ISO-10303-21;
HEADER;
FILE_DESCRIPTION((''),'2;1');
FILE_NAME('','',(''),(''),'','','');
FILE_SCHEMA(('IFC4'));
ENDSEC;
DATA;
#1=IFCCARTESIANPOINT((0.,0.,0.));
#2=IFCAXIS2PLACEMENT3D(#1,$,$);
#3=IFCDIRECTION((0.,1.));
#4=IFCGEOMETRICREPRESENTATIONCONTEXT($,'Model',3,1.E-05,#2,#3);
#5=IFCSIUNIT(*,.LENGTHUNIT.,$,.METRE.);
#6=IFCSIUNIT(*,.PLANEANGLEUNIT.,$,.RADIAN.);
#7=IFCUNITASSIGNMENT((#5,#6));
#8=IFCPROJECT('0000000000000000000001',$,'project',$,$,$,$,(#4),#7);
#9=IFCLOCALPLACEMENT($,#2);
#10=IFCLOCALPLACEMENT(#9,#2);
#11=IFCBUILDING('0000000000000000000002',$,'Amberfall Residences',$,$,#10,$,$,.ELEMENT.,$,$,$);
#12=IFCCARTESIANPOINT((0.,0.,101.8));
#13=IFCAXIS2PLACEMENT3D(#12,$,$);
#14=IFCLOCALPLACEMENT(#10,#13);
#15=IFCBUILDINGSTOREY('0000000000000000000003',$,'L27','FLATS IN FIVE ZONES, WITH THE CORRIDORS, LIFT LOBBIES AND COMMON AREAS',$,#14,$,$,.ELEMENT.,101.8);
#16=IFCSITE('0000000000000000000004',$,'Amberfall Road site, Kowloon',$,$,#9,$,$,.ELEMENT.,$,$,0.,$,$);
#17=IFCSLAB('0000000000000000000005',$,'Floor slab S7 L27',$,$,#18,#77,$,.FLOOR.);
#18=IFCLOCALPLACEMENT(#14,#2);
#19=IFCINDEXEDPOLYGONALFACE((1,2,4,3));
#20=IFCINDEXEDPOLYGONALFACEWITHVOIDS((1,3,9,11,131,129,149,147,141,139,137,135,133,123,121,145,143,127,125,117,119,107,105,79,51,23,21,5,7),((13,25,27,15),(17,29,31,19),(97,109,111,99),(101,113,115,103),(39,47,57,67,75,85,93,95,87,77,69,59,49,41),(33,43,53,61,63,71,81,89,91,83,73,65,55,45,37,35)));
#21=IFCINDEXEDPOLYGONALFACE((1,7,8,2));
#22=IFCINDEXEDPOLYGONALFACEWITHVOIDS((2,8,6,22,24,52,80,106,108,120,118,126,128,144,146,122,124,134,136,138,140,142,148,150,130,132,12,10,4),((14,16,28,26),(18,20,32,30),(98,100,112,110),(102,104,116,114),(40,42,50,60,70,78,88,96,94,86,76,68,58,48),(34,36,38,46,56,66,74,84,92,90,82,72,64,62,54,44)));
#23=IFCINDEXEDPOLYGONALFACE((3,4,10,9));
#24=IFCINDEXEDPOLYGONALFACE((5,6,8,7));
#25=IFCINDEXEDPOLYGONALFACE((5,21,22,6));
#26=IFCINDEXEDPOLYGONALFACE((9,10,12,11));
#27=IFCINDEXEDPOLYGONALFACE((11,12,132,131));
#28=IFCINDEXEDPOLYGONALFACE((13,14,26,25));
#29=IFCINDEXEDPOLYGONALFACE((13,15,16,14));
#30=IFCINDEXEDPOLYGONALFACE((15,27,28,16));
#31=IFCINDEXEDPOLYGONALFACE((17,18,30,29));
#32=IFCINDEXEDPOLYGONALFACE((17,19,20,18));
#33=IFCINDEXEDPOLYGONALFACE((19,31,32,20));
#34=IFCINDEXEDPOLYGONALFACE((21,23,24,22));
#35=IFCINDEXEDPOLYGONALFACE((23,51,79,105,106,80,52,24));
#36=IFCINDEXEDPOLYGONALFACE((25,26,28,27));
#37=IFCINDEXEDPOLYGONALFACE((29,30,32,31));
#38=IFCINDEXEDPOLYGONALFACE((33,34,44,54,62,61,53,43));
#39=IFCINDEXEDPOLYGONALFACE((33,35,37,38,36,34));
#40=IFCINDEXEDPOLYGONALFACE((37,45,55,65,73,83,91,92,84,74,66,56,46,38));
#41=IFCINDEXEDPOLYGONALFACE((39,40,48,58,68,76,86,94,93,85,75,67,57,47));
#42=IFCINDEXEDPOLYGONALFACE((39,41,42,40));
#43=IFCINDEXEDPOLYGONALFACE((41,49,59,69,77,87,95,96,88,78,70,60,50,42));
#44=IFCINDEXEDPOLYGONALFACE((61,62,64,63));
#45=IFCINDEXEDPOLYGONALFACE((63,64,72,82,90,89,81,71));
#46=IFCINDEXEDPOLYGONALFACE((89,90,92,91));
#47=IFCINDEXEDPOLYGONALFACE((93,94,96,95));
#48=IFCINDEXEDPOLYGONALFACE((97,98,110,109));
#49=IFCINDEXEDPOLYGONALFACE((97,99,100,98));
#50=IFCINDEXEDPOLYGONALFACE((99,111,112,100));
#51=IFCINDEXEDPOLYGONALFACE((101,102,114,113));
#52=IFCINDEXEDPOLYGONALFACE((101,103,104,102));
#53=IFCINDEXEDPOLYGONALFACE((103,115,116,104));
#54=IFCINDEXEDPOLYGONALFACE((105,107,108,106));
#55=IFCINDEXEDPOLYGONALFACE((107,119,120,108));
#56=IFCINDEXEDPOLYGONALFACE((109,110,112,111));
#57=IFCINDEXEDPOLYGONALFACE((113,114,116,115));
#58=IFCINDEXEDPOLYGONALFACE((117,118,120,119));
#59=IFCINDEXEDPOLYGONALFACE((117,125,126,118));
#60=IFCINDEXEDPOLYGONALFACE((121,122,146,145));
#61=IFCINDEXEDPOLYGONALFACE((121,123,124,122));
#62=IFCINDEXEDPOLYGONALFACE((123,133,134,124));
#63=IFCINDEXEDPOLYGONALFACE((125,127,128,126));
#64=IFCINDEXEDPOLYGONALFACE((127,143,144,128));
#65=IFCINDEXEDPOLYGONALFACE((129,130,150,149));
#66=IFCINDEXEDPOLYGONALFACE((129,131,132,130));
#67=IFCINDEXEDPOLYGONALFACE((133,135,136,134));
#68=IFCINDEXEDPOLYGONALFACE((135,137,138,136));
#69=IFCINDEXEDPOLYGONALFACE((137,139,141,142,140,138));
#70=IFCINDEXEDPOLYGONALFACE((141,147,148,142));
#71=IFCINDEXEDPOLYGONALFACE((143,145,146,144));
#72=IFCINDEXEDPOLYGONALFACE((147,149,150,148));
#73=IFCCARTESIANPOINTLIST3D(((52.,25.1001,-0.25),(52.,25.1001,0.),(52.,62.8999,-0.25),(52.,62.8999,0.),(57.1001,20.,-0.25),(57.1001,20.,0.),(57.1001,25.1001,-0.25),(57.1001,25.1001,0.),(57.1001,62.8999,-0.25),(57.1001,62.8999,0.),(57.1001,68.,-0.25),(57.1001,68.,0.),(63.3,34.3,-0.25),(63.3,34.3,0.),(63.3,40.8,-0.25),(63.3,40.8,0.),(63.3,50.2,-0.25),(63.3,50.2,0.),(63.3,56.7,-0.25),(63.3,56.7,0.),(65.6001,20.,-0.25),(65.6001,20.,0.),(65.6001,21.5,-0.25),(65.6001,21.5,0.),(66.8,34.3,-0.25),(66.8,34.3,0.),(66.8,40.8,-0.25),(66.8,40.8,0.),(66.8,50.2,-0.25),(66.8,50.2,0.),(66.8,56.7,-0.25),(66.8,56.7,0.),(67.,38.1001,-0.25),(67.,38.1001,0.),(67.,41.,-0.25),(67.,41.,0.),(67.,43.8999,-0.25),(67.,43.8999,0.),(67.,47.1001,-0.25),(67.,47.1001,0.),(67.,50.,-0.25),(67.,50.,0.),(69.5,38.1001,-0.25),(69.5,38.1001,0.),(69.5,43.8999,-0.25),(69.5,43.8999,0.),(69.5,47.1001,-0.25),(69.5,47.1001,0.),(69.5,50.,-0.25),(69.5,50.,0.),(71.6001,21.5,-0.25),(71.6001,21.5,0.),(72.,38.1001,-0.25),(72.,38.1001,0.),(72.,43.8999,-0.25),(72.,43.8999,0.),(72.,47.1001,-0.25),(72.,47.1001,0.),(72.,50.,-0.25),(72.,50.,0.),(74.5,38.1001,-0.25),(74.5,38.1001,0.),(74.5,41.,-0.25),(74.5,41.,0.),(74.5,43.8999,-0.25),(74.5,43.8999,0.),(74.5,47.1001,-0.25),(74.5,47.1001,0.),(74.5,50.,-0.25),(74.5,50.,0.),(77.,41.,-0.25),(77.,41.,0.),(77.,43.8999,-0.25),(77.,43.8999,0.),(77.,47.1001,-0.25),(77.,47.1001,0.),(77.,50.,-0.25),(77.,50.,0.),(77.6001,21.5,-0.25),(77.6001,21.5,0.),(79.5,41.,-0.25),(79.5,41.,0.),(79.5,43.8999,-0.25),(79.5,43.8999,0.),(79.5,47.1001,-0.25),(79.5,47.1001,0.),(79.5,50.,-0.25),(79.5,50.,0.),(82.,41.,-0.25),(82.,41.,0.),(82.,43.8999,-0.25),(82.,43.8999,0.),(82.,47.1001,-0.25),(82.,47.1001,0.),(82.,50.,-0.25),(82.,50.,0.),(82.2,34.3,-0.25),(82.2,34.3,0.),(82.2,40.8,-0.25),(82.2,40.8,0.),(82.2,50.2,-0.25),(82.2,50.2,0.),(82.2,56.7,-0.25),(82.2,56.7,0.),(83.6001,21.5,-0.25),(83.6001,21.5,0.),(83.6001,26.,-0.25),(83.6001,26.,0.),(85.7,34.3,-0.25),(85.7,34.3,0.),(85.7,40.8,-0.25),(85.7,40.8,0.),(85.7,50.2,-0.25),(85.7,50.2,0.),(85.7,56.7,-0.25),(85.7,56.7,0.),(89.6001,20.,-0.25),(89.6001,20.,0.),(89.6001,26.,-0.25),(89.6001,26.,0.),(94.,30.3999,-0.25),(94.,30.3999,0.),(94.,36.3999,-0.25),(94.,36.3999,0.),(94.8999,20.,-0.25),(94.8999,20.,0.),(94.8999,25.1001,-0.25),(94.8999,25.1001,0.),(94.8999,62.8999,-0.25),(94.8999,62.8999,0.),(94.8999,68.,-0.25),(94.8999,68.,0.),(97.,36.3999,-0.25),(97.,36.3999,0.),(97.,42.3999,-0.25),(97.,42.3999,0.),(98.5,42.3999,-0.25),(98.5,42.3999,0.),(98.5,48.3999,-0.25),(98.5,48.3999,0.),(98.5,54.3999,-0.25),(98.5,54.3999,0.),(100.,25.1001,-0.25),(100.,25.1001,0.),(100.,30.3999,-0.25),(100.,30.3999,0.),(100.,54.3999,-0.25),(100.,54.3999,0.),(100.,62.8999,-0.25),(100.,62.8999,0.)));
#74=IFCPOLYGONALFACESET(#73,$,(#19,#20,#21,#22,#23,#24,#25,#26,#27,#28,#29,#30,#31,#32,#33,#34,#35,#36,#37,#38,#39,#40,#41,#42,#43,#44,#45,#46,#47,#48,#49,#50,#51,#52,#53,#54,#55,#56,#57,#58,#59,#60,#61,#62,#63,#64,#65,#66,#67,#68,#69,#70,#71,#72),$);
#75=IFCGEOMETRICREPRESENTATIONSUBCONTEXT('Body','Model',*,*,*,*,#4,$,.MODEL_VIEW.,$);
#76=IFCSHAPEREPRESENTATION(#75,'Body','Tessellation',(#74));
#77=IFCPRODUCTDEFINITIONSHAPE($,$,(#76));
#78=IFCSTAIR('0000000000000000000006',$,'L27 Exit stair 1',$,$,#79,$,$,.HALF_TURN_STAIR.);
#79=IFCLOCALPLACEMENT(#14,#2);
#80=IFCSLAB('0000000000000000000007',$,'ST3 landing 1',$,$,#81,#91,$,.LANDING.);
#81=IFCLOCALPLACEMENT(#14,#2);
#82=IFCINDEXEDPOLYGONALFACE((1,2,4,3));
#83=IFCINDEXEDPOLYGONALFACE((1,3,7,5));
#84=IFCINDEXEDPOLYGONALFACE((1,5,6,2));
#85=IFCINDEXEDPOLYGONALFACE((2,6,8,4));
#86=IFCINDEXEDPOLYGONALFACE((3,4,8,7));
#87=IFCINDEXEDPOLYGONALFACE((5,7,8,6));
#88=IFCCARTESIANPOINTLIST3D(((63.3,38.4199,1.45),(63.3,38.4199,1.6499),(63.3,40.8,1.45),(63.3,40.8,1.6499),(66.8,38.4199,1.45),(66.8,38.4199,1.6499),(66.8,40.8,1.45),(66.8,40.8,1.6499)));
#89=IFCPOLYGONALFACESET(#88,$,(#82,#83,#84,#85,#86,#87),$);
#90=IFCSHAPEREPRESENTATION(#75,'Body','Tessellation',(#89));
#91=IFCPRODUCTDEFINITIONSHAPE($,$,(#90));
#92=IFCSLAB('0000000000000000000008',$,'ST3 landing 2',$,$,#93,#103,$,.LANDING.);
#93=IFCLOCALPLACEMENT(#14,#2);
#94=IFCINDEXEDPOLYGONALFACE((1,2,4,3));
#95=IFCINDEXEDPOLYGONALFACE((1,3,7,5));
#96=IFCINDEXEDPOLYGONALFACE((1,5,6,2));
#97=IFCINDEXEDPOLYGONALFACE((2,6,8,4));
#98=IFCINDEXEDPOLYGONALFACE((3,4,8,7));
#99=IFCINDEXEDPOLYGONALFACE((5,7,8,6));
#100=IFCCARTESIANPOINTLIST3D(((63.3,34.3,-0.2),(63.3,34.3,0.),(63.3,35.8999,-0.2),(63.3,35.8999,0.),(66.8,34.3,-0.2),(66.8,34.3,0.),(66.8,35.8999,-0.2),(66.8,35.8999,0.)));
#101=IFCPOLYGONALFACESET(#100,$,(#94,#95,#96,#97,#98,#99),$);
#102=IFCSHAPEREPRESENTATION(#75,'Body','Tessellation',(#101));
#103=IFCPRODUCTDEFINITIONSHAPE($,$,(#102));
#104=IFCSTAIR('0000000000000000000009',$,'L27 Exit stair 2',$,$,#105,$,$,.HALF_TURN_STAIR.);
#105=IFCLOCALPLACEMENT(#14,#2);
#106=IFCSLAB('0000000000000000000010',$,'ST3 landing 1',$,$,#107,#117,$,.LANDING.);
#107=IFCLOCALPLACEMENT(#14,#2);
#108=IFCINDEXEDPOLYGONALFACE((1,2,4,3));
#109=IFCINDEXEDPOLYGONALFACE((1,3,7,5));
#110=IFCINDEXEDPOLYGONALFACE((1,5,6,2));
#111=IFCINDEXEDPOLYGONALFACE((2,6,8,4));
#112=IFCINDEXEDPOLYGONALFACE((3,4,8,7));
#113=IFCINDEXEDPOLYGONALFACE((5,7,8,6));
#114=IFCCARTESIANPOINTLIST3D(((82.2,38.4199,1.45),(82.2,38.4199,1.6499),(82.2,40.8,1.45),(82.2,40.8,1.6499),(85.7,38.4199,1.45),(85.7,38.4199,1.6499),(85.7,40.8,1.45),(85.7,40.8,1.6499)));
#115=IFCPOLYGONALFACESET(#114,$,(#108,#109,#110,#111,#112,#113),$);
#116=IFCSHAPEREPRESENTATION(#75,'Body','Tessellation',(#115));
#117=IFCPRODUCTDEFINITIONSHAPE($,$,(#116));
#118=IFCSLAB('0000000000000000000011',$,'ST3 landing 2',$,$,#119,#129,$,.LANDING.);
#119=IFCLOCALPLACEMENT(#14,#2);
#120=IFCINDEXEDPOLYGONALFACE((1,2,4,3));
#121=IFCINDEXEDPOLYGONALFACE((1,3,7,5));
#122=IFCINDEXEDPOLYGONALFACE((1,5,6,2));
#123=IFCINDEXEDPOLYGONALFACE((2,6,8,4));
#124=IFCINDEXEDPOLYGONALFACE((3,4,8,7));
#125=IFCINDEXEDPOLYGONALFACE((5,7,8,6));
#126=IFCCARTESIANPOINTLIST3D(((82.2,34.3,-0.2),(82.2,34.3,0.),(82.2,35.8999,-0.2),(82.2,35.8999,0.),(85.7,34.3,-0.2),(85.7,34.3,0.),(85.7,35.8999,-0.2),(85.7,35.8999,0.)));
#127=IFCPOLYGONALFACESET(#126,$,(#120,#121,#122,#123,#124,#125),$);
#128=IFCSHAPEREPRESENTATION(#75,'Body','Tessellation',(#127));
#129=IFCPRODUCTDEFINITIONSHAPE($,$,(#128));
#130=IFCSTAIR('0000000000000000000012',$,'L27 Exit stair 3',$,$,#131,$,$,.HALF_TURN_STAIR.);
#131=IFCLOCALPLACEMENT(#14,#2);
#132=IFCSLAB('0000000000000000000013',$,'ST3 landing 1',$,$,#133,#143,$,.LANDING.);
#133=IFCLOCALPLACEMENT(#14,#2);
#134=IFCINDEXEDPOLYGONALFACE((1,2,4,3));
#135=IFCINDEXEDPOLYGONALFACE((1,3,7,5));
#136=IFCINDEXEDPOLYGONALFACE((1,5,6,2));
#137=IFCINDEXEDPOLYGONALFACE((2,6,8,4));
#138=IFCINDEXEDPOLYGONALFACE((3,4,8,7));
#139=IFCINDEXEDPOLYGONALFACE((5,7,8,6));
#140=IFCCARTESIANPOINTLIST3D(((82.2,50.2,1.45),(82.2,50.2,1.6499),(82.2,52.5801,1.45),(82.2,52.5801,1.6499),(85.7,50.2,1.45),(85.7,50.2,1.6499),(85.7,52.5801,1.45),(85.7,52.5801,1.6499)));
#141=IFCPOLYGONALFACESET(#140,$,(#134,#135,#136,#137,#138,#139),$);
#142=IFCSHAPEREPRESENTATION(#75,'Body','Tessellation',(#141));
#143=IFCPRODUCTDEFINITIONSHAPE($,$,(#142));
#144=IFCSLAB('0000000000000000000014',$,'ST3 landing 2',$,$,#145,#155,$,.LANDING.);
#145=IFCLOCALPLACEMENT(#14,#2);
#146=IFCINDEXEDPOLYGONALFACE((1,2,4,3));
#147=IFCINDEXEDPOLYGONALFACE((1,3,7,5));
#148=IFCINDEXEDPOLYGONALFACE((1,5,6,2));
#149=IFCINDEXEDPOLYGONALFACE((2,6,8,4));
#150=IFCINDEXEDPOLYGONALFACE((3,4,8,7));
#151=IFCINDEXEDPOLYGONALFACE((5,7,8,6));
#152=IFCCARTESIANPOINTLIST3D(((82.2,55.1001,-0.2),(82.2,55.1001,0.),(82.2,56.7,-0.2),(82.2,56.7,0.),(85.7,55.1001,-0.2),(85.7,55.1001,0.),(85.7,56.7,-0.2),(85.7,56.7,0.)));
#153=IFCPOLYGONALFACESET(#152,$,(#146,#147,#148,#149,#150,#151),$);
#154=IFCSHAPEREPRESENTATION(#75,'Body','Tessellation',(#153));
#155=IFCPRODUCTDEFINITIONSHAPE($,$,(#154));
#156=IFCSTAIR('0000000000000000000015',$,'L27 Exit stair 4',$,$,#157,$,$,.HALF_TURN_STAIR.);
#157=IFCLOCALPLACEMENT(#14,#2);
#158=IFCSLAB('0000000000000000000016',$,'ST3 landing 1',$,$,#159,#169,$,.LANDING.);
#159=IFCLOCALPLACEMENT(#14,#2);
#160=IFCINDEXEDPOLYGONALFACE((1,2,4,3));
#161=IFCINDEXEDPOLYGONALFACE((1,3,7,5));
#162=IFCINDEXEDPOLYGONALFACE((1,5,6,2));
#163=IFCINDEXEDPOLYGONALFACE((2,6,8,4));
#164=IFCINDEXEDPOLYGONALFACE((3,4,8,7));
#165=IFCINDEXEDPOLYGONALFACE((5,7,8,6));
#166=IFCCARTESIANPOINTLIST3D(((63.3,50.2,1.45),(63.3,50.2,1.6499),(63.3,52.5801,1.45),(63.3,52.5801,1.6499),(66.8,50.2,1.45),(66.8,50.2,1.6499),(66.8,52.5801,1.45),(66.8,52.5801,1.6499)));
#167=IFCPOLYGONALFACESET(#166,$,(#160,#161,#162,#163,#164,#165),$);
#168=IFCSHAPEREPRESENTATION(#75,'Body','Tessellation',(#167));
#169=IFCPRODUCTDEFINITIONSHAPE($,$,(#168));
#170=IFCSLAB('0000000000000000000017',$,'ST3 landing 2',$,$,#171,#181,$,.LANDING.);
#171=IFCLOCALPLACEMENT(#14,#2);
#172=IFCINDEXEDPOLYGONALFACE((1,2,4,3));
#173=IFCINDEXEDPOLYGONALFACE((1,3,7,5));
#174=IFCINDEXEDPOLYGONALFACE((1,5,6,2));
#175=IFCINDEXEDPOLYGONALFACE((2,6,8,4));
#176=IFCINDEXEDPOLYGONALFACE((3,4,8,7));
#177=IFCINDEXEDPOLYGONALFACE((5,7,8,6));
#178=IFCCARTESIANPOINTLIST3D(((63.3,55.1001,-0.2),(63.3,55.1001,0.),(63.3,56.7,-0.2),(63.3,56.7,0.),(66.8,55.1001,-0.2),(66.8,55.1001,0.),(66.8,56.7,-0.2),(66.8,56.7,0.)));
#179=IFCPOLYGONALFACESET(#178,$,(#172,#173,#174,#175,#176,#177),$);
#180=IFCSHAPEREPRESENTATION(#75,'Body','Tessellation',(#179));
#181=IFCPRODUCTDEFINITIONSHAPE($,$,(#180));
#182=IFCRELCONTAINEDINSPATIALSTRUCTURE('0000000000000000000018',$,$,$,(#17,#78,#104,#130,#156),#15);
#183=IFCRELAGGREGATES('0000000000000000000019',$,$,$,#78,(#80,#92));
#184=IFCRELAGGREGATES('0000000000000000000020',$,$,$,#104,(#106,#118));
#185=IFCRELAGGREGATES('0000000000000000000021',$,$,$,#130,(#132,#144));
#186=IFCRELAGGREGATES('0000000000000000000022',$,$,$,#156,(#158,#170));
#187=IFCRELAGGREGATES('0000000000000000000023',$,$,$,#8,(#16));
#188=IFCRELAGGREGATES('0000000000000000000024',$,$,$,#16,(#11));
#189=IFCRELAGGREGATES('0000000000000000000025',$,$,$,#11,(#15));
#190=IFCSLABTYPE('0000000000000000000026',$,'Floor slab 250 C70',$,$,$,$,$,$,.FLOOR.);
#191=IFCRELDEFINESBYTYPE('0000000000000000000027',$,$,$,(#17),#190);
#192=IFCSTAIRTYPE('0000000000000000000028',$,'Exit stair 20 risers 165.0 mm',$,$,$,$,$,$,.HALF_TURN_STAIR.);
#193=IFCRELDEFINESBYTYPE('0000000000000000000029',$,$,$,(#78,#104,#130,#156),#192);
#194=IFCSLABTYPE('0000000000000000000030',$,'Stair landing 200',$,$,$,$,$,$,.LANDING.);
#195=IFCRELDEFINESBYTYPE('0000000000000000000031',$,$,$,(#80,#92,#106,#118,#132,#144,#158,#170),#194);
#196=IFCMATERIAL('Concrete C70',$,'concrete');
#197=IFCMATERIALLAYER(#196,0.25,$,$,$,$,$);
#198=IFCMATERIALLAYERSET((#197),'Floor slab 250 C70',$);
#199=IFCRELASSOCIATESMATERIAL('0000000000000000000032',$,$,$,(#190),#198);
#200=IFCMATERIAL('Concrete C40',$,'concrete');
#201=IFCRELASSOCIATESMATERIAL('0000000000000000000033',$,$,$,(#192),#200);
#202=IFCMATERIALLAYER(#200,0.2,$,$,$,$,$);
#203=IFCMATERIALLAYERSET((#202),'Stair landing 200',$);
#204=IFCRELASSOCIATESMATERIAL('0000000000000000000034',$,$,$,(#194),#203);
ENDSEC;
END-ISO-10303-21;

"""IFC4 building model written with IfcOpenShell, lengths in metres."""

from ifc_helpers import new_model, si_unit, direction, frame, origin, place, context, subcontext, project, spatial, polyline, outline, extrude, material, layer, layer_set, type_object, element, aggregate, save


model = new_model("IFC4")

# Units and contexts
model_context = context("Model", 3, precision=1e-05, world=origin(), true_north=direction((0.0, 1.0)))
body_context = subcontext(model_context, "Body", "Model", "MODEL_VIEW")
ifc_project = project(units=[si_unit("LENGTHUNIT", "METRE"), si_unit("PLANEANGLEUNIT", "RADIAN")], contexts=[model_context])

# Site, building, storey
site_placement = place(None, origin())
site = spatial("IfcSite", under=ifc_project, at=site_placement, Name="Amberfall Road site, Kowloon", CompositionType="ELEMENT", RefElevation=0.0)
building_placement = place(site_placement, origin())
building = spatial("IfcBuilding", under=site, at=building_placement, Name="Amberfall Residences", CompositionType="ELEMENT")
storey_placement = place(building_placement, frame((0.0, 0.0, 101.8)))
storey = spatial("IfcBuildingStorey", under=building, at=storey_placement, Name="L27", Description="FLATS IN FIVE ZONES, WITH THE CORRIDORS, LIFT LOBBIES AND COMMON AREAS", CompositionType="ELEMENT", Elevation=101.8)

# Slab
ifc_material_1 = material(Name="Concrete C70", Category="concrete")
ifc_layer_1 = layer(ifc_material_1, 0.25)
ifc_layer_set_1 = layer_set([ifc_layer_1], Name="Floor slab 250 C70")
slab_type_1 = type_object("IfcSlabType", Name="Floor slab 250 C70", PredefinedType="FLOOR", material=ifc_layer_set_1)
slab_1_placement = place(storey_placement, frame((0.0, 0.0, -0.25)))
element("IfcSlab", 1, at=slab_1_placement, inside=storey, type_object=slab_type_1, Name="Floor slab S7 L27", PredefinedType="FLOOR", context=body_context, shape_type="SweptSolid", body=[
    extrude(outline(polyline([(89.6001, 20.0), (89.6001, 26.0), (83.6001, 26.0), (83.6001, 21.5), (77.6001, 21.5), (71.6001, 21.5), (65.6001, 21.5), (65.6001, 20.0), (57.1001, 20.0), (57.1001, 25.1001), (52.0, 25.1001), (52.0, 62.8999), (57.1001, 62.8999), (57.1001, 68.0), (94.8999, 68.0), (94.8999, 62.8999), (100.0, 62.8999), (100.0, 54.3999), (98.5, 54.3999), (98.5, 48.3999), (98.5, 42.3999), (97.0, 42.3999), (97.0, 36.3999), (94.0, 36.3999), (94.0, 30.3999), (100.0, 30.3999), (100.0, 25.1001), (94.8999, 25.1001), (94.8999, 20.0), (89.6001, 20.0)]), holes=[polyline([(85.7, 34.3), (85.7, 40.8), (82.2, 40.8), (82.2, 34.3), (85.7, 34.3)]), polyline([(82.2, 50.2), (85.7, 50.2), (85.7, 56.7), (82.2, 56.7), (82.2, 50.2)]), polyline([(69.5, 50.0), (67.0, 50.0), (67.0, 47.1001), (69.5, 47.1001), (72.0, 47.1001), (74.5, 47.1001), (77.0, 47.1001), (79.5, 47.1001), (82.0, 47.1001), (82.0, 50.0), (79.5, 50.0), (77.0, 50.0), (74.5, 50.0), (72.0, 50.0), (69.5, 50.0)]), polyline([(74.5, 41.0), (77.0, 41.0), (79.5, 41.0), (82.0, 41.0), (82.0, 43.8999), (79.5, 43.8999), (77.0, 43.8999), (74.5, 43.8999), (72.0, 43.8999), (69.5, 43.8999), (67.0, 43.8999), (67.0, 41.0), (67.0, 38.1001), (69.5, 38.1001), (72.0, 38.1001), (74.5, 38.1001), (74.5, 41.0)]), polyline([(66.8, 34.3), (66.8, 40.8), (63.3, 40.8), (63.3, 34.3), (66.8, 34.3)]), polyline([(66.8, 50.2), (66.8, 56.7), (63.3, 56.7), (63.3, 50.2), (66.8, 50.2)])]), origin(), (0.0, 0.0, 1.0), 0.25),
])

# Stairs, slabs
ifc_material_2 = material(Name="Concrete C40", Category="concrete")
stair_type = type_object("IfcStairType", Name="Exit stair 20 risers 165.0 mm", PredefinedType="HALF_TURN_STAIR", material=ifc_material_2)
stair_1_placement = place(storey_placement, origin())
stair_1 = element("IfcStair", 2, at=stair_1_placement, inside=storey, type_object=stair_type, Name="L27 Exit stair 1", PredefinedType="HALF_TURN_STAIR")
ifc_layer_2 = layer(ifc_material_2, 0.2)
ifc_layer_set_2 = layer_set([ifc_layer_2], Name="Stair landing 200")
slab_type_2 = type_object("IfcSlabType", Name="Stair landing 200", PredefinedType="LANDING", material=ifc_layer_set_2)
slab_2_placement = place(storey_placement, frame((0.0, 0.0, 1.45)))
slab_2 = element("IfcSlab", 3, at=slab_2_placement, type_object=slab_type_2, Name="ST3 landing 1", PredefinedType="LANDING", context=body_context, shape_type="SweptSolid", body=[
    extrude(outline(polyline([(66.8, 38.4199), (66.8, 40.8), (63.3, 40.8), (63.3, 38.4199), (66.8, 38.4199)])), origin(), (0.0, 0.0, 1.0), 0.2),
])
slab_3_placement = place(storey_placement, frame((0.0, 0.0, -0.2)))
slab_3 = element("IfcSlab", 4, at=slab_3_placement, type_object=slab_type_2, Name="ST3 landing 2", PredefinedType="LANDING", context=body_context, shape_type="SweptSolid", body=[
    extrude(outline(polyline([(66.8, 34.3), (66.8, 35.8999), (63.3, 35.8999), (63.3, 34.3), (66.8, 34.3)])), origin(), (0.0, 0.0, 1.0), 0.2),
])
aggregate(stair_1, [slab_2, slab_3])
stair_2_placement = place(storey_placement, origin())
stair_2 = element("IfcStair", 5, at=stair_2_placement, inside=storey, type_object=stair_type, Name="L27 Exit stair 2", PredefinedType="HALF_TURN_STAIR")
slab_4_placement = place(storey_placement, frame((0.0, 0.0, 1.45)))
slab_4 = element("IfcSlab", 6, at=slab_4_placement, type_object=slab_type_2, Name="ST3 landing 1", PredefinedType="LANDING", context=body_context, shape_type="SweptSolid", body=[
    extrude(outline(polyline([(85.7, 38.4199), (85.7, 40.8), (82.2, 40.8), (82.2, 38.4199), (85.7, 38.4199)])), origin(), (0.0, 0.0, 1.0), 0.2),
])
slab_5_placement = place(storey_placement, frame((0.0, 0.0, -0.2)))
slab_5 = element("IfcSlab", 7, at=slab_5_placement, type_object=slab_type_2, Name="ST3 landing 2", PredefinedType="LANDING", context=body_context, shape_type="SweptSolid", body=[
    extrude(outline(polyline([(85.7, 34.3), (85.7, 35.8999), (82.2, 35.8999), (82.2, 34.3), (85.7, 34.3)])), origin(), (0.0, 0.0, 1.0), 0.2),
])
aggregate(stair_2, [slab_4, slab_5])
stair_3_placement = place(storey_placement, origin())
stair_3 = element("IfcStair", 8, at=stair_3_placement, inside=storey, type_object=stair_type, Name="L27 Exit stair 3", PredefinedType="HALF_TURN_STAIR")
slab_6_placement = place(storey_placement, frame((0.0, 0.0, 1.45)))
slab_6 = element("IfcSlab", 9, at=slab_6_placement, type_object=slab_type_2, Name="ST3 landing 1", PredefinedType="LANDING", context=body_context, shape_type="SweptSolid", body=[
    extrude(outline(polyline([(82.2, 52.5801), (82.2, 50.2), (85.7, 50.2), (85.7, 52.5801), (82.2, 52.5801)])), origin(), (0.0, 0.0, 1.0), 0.2),
])
slab_7_placement = place(storey_placement, frame((0.0, 0.0, -0.2)))
slab_7 = element("IfcSlab", 10, at=slab_7_placement, type_object=slab_type_2, Name="ST3 landing 2", PredefinedType="LANDING", context=body_context, shape_type="SweptSolid", body=[
    extrude(outline(polyline([(82.2, 56.7), (82.2, 55.1001), (85.7, 55.1001), (85.7, 56.7), (82.2, 56.7)])), origin(), (0.0, 0.0, 1.0), 0.2),
])
aggregate(stair_3, [slab_6, slab_7])
stair_4_placement = place(storey_placement, origin())
stair_4 = element("IfcStair", 11, at=stair_4_placement, inside=storey, type_object=stair_type, Name="L27 Exit stair 4", PredefinedType="HALF_TURN_STAIR")
slab_8_placement = place(storey_placement, frame((0.0, 0.0, 1.45)))
slab_8 = element("IfcSlab", 12, at=slab_8_placement, type_object=slab_type_2, Name="ST3 landing 1", PredefinedType="LANDING", context=body_context, shape_type="SweptSolid", body=[
    extrude(outline(polyline([(63.3, 52.5801), (63.3, 50.2), (66.8, 50.2), (66.8, 52.5801), (63.3, 52.5801)])), origin(), (0.0, 0.0, 1.0), 0.2),
])
slab_9_placement = place(storey_placement, frame((0.0, 0.0, -0.2)))
slab_9 = element("IfcSlab", 13, at=slab_9_placement, type_object=slab_type_2, Name="ST3 landing 2", PredefinedType="LANDING", context=body_context, shape_type="SweptSolid", body=[
    extrude(outline(polyline([(63.3, 56.7), (63.3, 55.1001), (66.8, 55.1001), (66.8, 56.7), (63.3, 56.7)])), origin(), (0.0, 0.0, 1.0), 0.2),
])
aggregate(stair_4, [slab_8, slab_9])

save(model, "model.ifc")
